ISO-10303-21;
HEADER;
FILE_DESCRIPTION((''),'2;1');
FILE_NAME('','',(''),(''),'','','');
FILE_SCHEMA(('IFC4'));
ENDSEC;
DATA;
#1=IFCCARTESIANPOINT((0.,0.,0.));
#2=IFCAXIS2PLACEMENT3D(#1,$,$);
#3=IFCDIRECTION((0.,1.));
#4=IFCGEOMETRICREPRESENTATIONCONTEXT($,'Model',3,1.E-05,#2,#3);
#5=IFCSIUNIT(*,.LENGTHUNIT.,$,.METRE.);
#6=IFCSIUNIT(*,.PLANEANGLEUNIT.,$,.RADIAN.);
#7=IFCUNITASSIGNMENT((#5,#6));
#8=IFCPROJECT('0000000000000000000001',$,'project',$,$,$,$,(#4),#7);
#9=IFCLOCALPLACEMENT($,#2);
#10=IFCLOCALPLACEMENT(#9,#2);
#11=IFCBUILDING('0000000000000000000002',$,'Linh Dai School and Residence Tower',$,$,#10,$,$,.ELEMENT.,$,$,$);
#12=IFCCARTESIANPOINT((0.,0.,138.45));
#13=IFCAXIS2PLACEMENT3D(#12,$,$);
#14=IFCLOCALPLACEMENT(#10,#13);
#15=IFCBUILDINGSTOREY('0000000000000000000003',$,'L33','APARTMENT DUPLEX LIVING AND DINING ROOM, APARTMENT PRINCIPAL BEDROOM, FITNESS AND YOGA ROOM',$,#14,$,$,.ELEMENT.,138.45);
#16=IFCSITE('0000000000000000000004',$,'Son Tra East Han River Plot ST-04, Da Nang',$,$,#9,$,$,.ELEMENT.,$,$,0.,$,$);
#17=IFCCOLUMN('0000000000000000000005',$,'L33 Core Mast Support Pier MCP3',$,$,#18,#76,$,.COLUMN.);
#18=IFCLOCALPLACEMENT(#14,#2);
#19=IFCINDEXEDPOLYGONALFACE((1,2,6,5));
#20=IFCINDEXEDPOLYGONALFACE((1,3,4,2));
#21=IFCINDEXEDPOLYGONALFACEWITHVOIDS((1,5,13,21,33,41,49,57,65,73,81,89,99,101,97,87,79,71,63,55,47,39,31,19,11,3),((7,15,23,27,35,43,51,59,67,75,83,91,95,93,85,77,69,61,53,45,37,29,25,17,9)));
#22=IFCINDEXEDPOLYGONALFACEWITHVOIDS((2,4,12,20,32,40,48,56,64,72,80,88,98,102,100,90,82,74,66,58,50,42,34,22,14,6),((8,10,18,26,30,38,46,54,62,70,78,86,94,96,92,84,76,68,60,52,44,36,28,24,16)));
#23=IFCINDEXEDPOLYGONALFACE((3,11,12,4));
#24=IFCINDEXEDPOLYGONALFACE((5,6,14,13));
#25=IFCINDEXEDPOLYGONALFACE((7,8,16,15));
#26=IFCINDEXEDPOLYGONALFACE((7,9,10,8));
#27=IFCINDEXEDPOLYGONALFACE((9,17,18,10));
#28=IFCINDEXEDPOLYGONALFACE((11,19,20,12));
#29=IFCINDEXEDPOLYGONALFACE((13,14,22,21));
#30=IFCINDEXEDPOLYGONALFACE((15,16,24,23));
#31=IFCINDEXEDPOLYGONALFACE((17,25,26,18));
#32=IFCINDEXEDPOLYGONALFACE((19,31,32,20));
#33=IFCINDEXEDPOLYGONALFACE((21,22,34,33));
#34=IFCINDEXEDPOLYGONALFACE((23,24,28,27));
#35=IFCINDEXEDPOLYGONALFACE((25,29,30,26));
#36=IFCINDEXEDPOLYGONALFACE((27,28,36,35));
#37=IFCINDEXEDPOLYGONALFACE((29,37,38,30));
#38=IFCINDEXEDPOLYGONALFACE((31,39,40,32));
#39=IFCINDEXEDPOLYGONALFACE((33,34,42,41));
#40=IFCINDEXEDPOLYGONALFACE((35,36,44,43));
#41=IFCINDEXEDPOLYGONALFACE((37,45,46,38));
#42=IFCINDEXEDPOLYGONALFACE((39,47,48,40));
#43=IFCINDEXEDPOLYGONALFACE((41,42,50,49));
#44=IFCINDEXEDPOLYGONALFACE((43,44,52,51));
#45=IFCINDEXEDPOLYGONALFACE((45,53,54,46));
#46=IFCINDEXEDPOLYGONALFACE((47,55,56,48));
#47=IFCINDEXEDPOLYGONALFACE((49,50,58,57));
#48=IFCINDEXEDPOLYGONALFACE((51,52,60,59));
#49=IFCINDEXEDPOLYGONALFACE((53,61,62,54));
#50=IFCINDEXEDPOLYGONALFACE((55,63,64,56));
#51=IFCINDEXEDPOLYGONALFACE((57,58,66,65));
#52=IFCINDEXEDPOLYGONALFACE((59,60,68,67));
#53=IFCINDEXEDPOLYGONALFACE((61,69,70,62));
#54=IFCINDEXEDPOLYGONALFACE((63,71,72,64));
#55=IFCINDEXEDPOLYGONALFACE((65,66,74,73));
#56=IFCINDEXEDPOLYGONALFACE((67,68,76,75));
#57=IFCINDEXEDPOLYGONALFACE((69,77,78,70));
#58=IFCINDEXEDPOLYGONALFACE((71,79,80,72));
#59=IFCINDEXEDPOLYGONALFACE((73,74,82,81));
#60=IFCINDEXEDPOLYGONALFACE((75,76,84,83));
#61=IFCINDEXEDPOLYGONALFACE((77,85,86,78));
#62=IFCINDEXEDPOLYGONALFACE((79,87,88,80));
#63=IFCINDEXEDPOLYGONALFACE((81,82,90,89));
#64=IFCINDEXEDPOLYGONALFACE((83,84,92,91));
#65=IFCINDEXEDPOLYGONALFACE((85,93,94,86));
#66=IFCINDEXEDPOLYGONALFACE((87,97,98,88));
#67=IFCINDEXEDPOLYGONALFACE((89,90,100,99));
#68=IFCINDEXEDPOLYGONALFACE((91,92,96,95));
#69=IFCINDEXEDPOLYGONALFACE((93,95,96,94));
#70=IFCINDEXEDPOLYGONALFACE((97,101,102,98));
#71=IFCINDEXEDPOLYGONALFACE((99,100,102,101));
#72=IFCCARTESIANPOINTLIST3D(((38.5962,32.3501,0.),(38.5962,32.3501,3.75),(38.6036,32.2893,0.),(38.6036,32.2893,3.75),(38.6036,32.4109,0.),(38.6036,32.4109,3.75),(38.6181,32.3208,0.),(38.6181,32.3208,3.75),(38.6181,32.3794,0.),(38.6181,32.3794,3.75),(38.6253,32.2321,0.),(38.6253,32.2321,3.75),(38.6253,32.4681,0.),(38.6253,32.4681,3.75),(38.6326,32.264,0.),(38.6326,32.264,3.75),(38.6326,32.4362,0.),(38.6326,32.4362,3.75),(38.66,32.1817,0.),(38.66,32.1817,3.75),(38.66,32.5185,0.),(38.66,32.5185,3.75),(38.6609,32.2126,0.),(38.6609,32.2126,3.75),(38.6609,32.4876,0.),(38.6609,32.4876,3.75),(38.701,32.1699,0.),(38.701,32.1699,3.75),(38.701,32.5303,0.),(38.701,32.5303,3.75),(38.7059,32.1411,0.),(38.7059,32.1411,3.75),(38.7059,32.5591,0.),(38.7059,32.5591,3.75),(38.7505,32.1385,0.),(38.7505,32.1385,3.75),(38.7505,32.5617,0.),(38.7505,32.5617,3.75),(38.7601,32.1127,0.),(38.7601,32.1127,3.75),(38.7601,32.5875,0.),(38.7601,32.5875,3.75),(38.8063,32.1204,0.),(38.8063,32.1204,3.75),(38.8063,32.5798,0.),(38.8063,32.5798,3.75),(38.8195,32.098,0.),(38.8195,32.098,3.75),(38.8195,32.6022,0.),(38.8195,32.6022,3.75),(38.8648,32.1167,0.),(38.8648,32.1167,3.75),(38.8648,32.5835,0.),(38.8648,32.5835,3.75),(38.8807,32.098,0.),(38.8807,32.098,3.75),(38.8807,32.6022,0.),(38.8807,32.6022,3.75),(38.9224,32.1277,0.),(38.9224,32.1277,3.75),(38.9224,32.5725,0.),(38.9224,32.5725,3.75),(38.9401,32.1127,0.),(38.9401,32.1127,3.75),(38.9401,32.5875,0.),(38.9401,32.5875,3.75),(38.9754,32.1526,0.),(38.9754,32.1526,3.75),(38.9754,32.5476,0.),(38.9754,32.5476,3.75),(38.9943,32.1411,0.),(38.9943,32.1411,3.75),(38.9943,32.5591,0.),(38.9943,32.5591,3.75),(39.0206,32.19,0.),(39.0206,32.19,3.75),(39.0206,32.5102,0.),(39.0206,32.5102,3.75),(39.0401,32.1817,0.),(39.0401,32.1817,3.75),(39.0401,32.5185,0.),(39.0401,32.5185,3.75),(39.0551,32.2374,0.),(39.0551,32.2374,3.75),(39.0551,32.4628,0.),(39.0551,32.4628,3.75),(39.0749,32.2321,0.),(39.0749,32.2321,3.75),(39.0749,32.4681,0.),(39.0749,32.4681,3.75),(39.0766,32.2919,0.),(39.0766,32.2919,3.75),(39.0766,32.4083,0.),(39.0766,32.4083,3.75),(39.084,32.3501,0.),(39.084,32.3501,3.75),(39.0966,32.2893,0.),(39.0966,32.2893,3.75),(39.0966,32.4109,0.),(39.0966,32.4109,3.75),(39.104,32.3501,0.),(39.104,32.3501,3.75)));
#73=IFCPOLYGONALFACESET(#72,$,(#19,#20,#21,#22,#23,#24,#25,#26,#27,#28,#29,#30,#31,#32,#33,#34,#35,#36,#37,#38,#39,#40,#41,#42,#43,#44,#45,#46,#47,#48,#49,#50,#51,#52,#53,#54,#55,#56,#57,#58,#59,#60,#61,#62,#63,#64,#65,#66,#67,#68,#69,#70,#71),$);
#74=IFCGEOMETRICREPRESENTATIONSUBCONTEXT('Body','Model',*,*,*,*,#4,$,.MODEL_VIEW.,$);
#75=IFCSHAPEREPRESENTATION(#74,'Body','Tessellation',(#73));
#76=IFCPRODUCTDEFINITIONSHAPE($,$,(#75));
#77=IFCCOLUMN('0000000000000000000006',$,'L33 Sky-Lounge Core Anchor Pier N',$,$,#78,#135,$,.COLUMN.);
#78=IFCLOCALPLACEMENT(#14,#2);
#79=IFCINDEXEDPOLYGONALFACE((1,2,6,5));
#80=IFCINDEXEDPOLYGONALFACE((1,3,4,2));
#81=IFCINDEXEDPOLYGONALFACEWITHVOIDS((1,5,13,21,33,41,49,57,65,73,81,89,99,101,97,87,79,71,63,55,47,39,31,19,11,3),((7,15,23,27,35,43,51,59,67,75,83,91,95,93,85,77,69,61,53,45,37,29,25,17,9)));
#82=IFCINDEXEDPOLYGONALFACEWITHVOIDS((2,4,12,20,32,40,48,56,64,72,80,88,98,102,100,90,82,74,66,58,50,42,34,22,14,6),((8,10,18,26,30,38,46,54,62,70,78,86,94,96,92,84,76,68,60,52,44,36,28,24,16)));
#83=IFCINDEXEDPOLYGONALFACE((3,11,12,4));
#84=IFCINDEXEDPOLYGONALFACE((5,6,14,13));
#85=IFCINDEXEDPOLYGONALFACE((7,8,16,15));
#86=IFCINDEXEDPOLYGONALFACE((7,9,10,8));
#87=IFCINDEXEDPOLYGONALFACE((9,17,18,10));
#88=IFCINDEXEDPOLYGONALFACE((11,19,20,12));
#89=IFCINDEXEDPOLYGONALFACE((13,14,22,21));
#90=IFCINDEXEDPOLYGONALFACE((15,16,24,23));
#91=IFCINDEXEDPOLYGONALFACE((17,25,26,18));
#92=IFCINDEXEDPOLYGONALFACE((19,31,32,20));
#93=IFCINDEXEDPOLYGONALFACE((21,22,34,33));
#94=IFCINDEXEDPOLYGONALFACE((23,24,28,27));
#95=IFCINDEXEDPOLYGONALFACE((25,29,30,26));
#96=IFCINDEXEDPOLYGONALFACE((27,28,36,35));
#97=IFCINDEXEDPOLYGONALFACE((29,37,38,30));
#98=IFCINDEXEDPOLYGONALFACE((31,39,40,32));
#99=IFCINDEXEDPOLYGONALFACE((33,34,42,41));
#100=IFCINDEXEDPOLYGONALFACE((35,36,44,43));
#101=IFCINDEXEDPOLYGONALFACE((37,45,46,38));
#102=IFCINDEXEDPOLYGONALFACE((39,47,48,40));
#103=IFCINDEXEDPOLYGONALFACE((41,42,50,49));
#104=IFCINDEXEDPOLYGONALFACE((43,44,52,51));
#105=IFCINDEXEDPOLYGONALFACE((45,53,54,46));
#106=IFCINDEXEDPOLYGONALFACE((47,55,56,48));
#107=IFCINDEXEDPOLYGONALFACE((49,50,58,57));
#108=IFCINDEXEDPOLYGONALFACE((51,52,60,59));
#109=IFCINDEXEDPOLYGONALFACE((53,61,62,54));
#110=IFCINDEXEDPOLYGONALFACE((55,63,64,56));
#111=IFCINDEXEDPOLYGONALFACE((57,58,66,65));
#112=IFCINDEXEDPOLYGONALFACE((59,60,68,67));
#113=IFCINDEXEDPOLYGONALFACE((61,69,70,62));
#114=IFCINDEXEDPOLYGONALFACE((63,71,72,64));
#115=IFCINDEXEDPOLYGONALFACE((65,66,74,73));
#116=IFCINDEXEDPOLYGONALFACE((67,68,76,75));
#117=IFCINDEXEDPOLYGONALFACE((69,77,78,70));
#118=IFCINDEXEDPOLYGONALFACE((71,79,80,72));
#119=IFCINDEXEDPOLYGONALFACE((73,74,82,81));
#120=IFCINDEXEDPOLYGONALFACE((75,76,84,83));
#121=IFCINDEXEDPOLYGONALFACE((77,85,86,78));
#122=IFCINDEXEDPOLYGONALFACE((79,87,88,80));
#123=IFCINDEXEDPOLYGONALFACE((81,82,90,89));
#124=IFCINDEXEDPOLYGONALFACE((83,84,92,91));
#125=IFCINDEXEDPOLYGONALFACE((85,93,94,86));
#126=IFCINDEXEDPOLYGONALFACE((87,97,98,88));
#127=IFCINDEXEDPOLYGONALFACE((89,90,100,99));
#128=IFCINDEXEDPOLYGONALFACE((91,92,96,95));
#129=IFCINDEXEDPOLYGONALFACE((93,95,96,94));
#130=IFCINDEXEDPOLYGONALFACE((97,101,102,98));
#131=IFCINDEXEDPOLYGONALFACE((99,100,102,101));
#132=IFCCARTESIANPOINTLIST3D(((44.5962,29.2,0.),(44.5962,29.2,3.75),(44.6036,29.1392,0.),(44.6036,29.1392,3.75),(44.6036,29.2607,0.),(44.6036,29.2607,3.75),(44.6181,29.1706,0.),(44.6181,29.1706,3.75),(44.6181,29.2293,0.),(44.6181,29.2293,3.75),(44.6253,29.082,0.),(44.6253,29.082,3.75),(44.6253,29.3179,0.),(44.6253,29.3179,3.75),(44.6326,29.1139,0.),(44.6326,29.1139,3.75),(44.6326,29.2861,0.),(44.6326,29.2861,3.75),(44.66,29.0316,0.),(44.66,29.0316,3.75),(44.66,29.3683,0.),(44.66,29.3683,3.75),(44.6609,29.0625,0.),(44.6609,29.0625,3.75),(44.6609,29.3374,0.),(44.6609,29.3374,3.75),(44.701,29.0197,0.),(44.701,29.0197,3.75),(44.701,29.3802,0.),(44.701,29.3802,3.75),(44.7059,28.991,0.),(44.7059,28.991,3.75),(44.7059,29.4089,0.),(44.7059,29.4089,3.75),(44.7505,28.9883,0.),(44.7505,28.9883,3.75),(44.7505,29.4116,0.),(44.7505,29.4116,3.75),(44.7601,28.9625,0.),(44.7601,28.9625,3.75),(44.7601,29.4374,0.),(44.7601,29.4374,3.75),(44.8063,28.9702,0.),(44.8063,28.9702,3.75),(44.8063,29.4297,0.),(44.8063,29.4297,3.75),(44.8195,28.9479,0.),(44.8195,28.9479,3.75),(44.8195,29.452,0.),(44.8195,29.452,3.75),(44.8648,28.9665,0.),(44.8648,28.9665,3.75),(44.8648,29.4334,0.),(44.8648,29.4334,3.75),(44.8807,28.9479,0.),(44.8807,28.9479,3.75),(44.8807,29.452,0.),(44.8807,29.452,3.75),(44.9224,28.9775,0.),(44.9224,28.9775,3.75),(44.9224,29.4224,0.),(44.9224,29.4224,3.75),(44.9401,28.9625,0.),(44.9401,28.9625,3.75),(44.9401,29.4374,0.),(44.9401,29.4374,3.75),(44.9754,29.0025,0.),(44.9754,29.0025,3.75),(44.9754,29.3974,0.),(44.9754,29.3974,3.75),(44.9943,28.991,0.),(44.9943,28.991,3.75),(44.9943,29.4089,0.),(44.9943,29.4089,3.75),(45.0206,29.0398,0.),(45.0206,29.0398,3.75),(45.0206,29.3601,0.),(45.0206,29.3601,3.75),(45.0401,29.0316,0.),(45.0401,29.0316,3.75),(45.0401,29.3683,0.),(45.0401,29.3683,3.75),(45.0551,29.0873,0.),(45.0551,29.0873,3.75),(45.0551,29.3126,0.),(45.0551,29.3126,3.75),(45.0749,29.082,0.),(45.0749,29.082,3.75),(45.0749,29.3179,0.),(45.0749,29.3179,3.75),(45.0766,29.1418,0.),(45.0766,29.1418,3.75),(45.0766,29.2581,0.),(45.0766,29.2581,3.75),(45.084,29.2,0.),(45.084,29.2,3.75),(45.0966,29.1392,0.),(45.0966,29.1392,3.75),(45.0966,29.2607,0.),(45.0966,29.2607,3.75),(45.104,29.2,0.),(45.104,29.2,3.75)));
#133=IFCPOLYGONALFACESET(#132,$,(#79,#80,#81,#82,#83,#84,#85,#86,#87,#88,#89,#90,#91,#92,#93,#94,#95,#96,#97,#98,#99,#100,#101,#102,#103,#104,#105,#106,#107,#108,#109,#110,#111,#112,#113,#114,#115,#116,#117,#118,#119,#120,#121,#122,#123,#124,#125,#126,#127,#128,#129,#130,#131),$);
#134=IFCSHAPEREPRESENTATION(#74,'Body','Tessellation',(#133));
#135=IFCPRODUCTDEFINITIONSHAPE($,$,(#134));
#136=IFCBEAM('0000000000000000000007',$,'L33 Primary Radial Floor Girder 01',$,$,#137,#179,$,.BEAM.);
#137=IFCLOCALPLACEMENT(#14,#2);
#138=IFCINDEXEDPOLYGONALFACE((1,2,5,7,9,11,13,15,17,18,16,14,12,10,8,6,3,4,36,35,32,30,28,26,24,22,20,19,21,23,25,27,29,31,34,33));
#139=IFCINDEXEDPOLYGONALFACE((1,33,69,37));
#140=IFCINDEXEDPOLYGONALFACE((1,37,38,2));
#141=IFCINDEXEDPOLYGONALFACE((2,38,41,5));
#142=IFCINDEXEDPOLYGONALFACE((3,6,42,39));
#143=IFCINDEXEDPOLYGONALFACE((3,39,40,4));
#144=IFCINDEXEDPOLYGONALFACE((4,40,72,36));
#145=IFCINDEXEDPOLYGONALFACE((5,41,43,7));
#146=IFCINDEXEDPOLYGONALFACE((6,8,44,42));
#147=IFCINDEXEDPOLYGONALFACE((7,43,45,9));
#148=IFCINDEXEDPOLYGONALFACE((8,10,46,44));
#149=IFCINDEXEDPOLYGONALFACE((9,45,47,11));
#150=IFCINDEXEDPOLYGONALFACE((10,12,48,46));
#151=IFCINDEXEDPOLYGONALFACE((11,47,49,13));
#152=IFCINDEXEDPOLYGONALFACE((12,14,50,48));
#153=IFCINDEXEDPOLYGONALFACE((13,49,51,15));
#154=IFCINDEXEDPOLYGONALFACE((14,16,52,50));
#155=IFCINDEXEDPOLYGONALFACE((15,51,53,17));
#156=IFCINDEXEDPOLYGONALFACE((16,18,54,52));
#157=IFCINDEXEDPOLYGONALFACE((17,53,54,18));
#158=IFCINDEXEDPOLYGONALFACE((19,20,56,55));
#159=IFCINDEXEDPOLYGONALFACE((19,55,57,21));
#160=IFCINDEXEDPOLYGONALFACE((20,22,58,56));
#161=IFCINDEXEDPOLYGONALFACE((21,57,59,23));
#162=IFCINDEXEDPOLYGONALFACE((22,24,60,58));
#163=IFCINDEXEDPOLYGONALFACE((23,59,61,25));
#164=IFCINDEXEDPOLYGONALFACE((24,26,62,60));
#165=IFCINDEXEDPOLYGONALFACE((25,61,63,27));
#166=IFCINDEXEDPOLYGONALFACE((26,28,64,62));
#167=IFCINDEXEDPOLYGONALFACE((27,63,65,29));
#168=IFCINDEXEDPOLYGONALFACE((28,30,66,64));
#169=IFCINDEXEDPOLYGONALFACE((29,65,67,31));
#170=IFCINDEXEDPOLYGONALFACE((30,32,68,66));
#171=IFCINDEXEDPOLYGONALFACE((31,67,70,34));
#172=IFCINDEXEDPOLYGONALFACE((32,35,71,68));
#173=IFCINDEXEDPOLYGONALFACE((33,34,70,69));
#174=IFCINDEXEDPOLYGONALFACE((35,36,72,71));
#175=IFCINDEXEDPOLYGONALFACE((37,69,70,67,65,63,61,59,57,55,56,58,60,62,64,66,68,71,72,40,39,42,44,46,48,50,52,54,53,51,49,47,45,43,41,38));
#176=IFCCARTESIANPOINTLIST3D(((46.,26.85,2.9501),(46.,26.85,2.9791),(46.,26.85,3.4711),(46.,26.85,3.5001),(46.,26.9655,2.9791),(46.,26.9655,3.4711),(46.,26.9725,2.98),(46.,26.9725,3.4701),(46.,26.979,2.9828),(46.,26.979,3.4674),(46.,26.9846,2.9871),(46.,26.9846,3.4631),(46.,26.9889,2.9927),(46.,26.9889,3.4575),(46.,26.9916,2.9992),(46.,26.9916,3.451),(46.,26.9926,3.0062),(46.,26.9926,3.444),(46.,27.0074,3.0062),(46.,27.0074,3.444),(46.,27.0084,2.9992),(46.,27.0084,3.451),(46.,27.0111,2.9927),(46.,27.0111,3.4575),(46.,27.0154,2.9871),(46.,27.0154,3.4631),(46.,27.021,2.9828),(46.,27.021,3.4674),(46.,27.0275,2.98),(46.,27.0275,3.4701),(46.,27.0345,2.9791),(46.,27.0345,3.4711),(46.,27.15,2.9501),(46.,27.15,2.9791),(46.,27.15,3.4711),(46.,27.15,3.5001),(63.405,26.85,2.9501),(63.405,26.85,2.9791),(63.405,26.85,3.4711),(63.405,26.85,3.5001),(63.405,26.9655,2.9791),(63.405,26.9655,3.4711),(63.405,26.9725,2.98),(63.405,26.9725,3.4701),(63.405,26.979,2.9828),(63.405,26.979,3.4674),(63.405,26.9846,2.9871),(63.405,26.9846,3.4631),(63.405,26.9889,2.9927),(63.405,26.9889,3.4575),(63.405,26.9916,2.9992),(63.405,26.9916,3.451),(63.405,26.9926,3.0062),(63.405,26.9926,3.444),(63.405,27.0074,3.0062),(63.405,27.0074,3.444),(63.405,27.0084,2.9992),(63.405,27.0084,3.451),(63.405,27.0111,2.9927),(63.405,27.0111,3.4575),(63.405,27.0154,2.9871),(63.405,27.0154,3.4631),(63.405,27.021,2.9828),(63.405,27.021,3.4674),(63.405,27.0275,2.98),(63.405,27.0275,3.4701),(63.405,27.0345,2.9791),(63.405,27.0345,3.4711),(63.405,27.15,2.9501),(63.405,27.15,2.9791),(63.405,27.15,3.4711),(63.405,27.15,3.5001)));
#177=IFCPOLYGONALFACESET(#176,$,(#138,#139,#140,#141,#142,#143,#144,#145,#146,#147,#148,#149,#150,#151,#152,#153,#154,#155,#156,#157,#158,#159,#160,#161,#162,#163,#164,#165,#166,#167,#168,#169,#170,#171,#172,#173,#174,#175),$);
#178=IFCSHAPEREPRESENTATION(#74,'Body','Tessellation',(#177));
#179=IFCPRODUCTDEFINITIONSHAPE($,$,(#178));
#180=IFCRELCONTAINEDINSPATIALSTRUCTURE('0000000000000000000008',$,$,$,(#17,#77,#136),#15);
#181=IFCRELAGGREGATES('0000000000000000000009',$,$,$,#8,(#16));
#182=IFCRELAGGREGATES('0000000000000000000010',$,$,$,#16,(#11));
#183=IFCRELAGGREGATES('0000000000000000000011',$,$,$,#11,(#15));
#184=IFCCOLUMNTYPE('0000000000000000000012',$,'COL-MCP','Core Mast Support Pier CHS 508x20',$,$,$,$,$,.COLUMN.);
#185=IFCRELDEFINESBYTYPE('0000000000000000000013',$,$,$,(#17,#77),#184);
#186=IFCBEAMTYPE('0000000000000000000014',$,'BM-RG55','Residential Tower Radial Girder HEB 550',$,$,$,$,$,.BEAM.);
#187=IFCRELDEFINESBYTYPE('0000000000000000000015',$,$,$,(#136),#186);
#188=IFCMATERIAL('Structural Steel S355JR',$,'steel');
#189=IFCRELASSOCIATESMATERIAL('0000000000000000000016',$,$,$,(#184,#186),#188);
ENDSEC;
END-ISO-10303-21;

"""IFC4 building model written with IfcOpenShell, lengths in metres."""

from ifc_helpers import new_model, si_unit, direction, frame, origin, origin_2d, place, context, subcontext, project, spatial, hollow_circle, i_section, extrude, material, material_profile, profile_set, type_object, element, save


model = new_model("IFC4")

# Units and contexts
model_context = context("Model", 3, precision=1e-05, world=origin(), true_north=direction((0.0, 1.0)))
body_context = subcontext(model_context, "Body", "Model", "MODEL_VIEW")
ifc_project = project(units=[si_unit("LENGTHUNIT", "METRE"), si_unit("PLANEANGLEUNIT", "RADIAN")], contexts=[model_context])

# Site, building, storey
site_placement = place(None, origin())
site = spatial("IfcSite", under=ifc_project, at=site_placement, Name="Son Tra East Han River Plot ST-04, Da Nang", CompositionType="ELEMENT", RefElevation=0.0)
building_placement = place(site_placement, origin())
building = spatial("IfcBuilding", under=site, at=building_placement, Name="Linh Dai School and Residence Tower", CompositionType="ELEMENT")
storey_placement = place(building_placement, frame((0.0, 0.0, 138.45)))
storey = spatial("IfcBuildingStorey", under=building, at=storey_placement, Name="L33", Description="APARTMENT DUPLEX LIVING AND DINING ROOM, APARTMENT PRINCIPAL BEDROOM, FITNESS AND YOGA ROOM", CompositionType="ELEMENT", Elevation=138.45)

# Columns
ifc_material_1 = material(Name="Structural Steel S355JR", Category="steel")
ifc_material_profile_1 = material_profile(ifc_material_1, hollow_circle(Radius=0.2539, WallThickness=0.02, at=origin_2d()), Name="CHS 508x20")
ifc_profile_set_1 = profile_set([ifc_material_profile_1], Name="Structural Steel S355JR")
column_type_1 = type_object("IfcColumnType", Name="COL-MCP", Description="Core Mast Support Pier CHS 508x20", PredefinedType="COLUMN", material=ifc_profile_set_1)
for number, where, z_axis, x_axis, name in (
    (1, (38.8501, 32.3501, 0.0), (0.0, 0.0, 1.0), (1.0, 0.0, 0.0), "L33 Core Mast Support Pier MCP3"),
    (2, (44.8501, 29.2, 0.0), (0.0, 0.0, 1.0), (1.0, 0.0, 0.0), "L33 Sky-Lounge Core Anchor Pier N"),
):
    element("IfcColumn", number, at=place(storey_placement, frame(where, z_axis=z_axis, x_axis=x_axis)), inside=storey, type_object=column_type_1, Name=name, PredefinedType="COLUMN", context=body_context, shape_type="SweptSolid", body=[
        extrude(hollow_circle(Radius=0.2539, WallThickness=0.02, at=origin_2d()), origin(), (0.0, 0.0, 1.0), 3.75),
    ])

# Beam
ifc_material_profile_2 = material_profile(ifc_material_1, i_section(OverallWidth=0.3, OverallDepth=0.55, WebThickness=0.0149, FlangeThickness=0.0291, FilletRadius=0.0271, at=origin_2d()), Name="HEB 550")
ifc_profile_set_2 = profile_set([ifc_material_profile_2], Name="Structural Steel S355JR")
beam_type_1 = type_object("IfcBeamType", Name="BM-RG55", Description="Residential Tower Radial Girder HEB 550", PredefinedType="BEAM", material=ifc_profile_set_2)
beam_1_placement = place(storey_placement, frame((46.0, 27.0, 3.2251), z_axis=(1.0, 0.0, 0.0), x_axis=(0.0, 1.0, 0.0)))
element("IfcBeam", 3, at=beam_1_placement, inside=storey, type_object=beam_type_1, Name="L33 Primary Radial Floor Girder 01", PredefinedType="BEAM", context=body_context, shape_type="SweptSolid", body=[
    extrude(i_section(OverallWidth=0.3, OverallDepth=0.55, WebThickness=0.0149, FlangeThickness=0.0291, FilletRadius=0.0271, at=origin_2d()), origin(), (0.0, 0.0, 1.0), 17.405),
])

save(model, "model.ifc")
